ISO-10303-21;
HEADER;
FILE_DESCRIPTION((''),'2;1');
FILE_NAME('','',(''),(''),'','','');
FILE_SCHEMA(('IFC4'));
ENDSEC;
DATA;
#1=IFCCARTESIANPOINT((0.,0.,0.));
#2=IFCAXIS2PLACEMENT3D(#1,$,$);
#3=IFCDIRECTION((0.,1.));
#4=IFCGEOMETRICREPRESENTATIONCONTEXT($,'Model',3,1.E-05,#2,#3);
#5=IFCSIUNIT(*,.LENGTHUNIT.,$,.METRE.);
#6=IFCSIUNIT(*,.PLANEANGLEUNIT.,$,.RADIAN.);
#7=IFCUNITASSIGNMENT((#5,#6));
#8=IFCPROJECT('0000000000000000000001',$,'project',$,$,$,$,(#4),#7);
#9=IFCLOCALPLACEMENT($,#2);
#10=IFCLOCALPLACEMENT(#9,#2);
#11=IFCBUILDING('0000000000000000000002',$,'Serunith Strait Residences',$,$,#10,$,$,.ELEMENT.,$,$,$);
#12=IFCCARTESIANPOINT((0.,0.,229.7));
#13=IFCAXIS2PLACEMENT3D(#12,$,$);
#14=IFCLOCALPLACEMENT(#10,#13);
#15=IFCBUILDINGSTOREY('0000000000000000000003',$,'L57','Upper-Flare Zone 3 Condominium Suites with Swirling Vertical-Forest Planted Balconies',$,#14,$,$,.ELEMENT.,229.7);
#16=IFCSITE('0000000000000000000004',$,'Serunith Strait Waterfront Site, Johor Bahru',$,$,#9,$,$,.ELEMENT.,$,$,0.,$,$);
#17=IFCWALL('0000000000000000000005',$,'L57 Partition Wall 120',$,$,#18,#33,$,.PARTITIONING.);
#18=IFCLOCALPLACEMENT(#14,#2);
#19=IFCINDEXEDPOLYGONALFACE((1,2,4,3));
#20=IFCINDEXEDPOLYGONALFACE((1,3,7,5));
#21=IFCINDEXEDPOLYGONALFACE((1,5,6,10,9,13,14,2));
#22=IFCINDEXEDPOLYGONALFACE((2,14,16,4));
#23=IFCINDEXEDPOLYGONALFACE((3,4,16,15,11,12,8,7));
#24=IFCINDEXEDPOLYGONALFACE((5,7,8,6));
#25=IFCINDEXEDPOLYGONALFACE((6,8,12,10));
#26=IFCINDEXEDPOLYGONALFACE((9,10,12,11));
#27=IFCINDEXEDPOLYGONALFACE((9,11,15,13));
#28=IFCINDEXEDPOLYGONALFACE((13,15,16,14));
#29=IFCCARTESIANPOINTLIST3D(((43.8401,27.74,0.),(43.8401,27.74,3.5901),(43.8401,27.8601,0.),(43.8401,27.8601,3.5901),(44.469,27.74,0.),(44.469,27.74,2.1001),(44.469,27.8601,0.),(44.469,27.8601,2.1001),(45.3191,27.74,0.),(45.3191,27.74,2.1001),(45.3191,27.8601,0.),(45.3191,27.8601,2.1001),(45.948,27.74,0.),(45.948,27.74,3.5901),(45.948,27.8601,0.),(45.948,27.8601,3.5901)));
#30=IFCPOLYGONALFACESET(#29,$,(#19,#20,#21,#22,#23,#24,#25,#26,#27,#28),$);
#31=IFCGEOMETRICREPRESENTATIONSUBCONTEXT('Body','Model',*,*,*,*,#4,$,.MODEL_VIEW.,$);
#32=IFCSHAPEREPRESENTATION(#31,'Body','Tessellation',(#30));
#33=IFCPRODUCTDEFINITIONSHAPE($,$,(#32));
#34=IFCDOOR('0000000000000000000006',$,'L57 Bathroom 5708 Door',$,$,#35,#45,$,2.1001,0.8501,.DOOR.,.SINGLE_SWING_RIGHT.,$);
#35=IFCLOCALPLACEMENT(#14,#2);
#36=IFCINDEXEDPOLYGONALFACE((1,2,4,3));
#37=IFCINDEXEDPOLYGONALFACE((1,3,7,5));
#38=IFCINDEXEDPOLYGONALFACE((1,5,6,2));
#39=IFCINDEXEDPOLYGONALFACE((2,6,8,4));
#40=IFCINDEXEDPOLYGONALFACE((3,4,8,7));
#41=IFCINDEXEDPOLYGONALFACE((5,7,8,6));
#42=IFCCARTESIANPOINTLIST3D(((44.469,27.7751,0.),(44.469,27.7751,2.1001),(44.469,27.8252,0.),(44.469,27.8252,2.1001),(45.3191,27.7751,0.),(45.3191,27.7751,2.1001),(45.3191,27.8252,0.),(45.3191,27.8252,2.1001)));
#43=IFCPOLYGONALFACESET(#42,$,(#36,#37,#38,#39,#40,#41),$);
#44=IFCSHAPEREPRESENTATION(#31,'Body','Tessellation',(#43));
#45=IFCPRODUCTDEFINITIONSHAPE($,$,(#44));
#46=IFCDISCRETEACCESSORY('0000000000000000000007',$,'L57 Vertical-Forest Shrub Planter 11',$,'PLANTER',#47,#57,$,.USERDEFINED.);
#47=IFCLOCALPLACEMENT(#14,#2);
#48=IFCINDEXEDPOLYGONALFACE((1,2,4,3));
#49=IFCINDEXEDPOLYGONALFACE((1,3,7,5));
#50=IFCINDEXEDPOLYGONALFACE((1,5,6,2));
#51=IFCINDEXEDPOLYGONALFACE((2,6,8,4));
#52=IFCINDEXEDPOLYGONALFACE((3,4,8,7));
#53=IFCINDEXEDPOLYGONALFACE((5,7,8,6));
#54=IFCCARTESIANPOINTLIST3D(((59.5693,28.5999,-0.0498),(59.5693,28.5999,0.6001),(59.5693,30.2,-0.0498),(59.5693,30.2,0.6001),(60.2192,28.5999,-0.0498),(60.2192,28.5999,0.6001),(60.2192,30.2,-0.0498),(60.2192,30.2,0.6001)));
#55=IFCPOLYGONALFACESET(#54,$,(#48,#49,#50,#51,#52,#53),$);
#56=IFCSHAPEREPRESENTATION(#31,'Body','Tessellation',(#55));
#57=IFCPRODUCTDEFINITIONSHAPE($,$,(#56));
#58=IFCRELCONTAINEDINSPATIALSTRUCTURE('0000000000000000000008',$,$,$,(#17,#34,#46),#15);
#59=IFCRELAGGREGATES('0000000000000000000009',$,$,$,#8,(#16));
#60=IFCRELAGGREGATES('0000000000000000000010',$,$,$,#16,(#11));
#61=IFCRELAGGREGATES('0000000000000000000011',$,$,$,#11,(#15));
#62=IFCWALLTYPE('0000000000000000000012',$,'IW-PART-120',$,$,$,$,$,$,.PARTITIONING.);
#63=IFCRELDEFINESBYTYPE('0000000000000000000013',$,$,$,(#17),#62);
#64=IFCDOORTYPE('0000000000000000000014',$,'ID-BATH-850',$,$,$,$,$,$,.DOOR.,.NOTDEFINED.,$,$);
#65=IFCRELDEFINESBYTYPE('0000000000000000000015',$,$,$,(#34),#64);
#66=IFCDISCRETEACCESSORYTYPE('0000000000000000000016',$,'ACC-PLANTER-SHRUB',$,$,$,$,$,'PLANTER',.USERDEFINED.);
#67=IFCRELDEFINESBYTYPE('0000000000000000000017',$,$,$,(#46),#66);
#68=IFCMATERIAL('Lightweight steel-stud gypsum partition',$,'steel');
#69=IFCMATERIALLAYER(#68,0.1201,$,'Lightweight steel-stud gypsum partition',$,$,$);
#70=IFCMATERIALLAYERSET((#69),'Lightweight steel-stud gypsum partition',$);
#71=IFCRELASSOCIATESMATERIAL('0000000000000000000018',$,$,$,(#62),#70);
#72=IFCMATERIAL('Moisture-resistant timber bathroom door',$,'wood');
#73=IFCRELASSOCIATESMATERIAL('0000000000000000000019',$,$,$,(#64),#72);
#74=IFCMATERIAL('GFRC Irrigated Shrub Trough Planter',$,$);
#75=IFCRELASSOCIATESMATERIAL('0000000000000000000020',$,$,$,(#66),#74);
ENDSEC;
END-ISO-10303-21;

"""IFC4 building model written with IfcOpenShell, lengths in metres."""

from ifc_helpers import new_model, si_unit, direction, frame, frame_2d, origin, origin_2d, place, context, subcontext, project, spatial, rectangle, extrude, source, transform, mapped, material, layer, layer_set, type_object, element, fill, save


model = new_model("IFC4")

# Units and contexts
model_context = context("Model", 3, precision=1e-05, world=origin(), true_north=direction((0.0, 1.0)))
body_context = subcontext(model_context, "Body", "Model", "MODEL_VIEW")
ifc_project = project(units=[si_unit("LENGTHUNIT", "METRE"), si_unit("PLANEANGLEUNIT", "RADIAN")], contexts=[model_context])

# Site, building, storey
site_placement = place(None, origin())
site = spatial("IfcSite", under=ifc_project, at=site_placement, Name="Serunith Strait Waterfront Site, Johor Bahru", CompositionType="ELEMENT", RefElevation=0.0)
building_placement = place(site_placement, origin())
building = spatial("IfcBuilding", under=site, at=building_placement, Name="Serunith Strait Residences", CompositionType="ELEMENT")
storey_placement = place(building_placement, frame((0.0, 0.0, 229.7)))
storey = spatial("IfcBuildingStorey", under=building, at=storey_placement, Name="L57", Description="Upper-Flare Zone 3 Condominium Suites with Swirling Vertical-Forest Planted Balconies", CompositionType="ELEMENT", Elevation=229.7)

# Shared definitions
ifc_material_1 = material(Name="Lightweight steel-stud gypsum partition", Category="steel")
ifc_layer_1 = layer(ifc_material_1, 0.1201, Name="Lightweight steel-stud gypsum partition")
ifc_layer_set_1 = layer_set([ifc_layer_1], Name="Lightweight steel-stud gypsum partition")
wall_type_1 = type_object("IfcWallType", Name="IW-PART-120", PredefinedType="PARTITIONING", material=ifc_layer_set_1)

# Shared definitions
ifc_material_2 = material(Name="Moisture-resistant timber bathroom door", Category="wood")
door_type_1 = type_object("IfcDoorType", Name="ID-BATH-850", OperationType="NOTDEFINED", PredefinedType="DOOR", material=ifc_material_2)
shared_shape_1 = source(origin(), body_context, "Body", "SweptSolid", [
    extrude(rectangle(XDim=0.8501, YDim=2.1001, at=frame_2d((0.425, 1.05))), frame((0.0, 0.0249, 0.0), z_axis=(0.0, -1.0, 0.0), x_axis=(1.0, 0.0, 0.0)), (0.0, 0.0, 1.0), 0.05),
])

# Wall, opening, door
wall_1_placement = place(storey_placement, frame((45.948, 27.8, 0.0), z_axis=(0.0, 0.0, 1.0), x_axis=(-1.0, 0.0, 0.0)))
wall_1 = element("IfcWall", 1, at=wall_1_placement, inside=storey, type_object=wall_type_1, Name="L57 Partition Wall 120", PredefinedType="PARTITIONING", context=body_context, shape_type="SweptSolid", body=[
    extrude(rectangle(XDim=2.1079, YDim=0.1201, at=frame_2d((1.054, 0.0))), origin(), (0.0, 0.0, 1.0), 3.5901),
])
opening_1_placement = place(wall_1_placement, frame((0.6289, 0.0, 0.0)))
opening_1 = element("IfcOpeningElement", 2, at=opening_1_placement, cuts=wall_1, PredefinedType="OPENING", context=body_context, shape_type="SweptSolid", body=[
    extrude(rectangle(XDim=0.8501, YDim=2.1001, at=frame_2d((0.425, 1.05))), frame((0.0, 0.0701, 0.0), z_axis=(0.0, -1.0, 0.0), x_axis=(1.0, 0.0, 0.0)), (0.0, 0.0, 1.0), 0.1401),
])
door_1_placement = place(opening_1_placement, origin())
door_1 = element("IfcDoor", 3, at=door_1_placement, inside=storey, type_object=door_type_1, Name="L57 Bathroom 5708 Door", OperationType="SINGLE_SWING_RIGHT", OverallHeight=2.1001, OverallWidth=0.8501, PredefinedType="DOOR", context=body_context, shape_type="MappedRepresentation", body=[
    mapped(shared_shape_1, transform((0.0, 0.0, 0.0), scale=1.0)),
])
fill(opening_1, door_1)

# Discrete accessory
ifc_material_3 = material(Name="GFRC Irrigated Shrub Trough Planter")
discrete_accessory_type = type_object("IfcDiscreteAccessoryType", Name="ACC-PLANTER-SHRUB", ElementType="PLANTER", PredefinedType="USERDEFINED", material=ifc_material_3)
shared_shape_2 = source(origin(), body_context, "Body", "SweptSolid", [
    extrude(rectangle(XDim=1.6001, YDim=0.6499, at=origin_2d()), origin(), (0.0, 0.0, 1.0), 0.6499),
])
discrete_accessory_placement = place(storey_placement, frame((59.8943, 29.3999, -0.0498), z_axis=(0.0, 0.0, 1.0), x_axis=(0.0, 1.0, 0.0)))
element("IfcDiscreteAccessory", 4, at=discrete_accessory_placement, inside=storey, type_object=discrete_accessory_type, Name="L57 Vertical-Forest Shrub Planter 11", ObjectType="PLANTER", PredefinedType="USERDEFINED", context=body_context, shape_type="MappedRepresentation", body=[
    mapped(shared_shape_2, transform((0.0, 0.0, 0.0), scale=1.0)),
])

save(model, "model.ifc")
